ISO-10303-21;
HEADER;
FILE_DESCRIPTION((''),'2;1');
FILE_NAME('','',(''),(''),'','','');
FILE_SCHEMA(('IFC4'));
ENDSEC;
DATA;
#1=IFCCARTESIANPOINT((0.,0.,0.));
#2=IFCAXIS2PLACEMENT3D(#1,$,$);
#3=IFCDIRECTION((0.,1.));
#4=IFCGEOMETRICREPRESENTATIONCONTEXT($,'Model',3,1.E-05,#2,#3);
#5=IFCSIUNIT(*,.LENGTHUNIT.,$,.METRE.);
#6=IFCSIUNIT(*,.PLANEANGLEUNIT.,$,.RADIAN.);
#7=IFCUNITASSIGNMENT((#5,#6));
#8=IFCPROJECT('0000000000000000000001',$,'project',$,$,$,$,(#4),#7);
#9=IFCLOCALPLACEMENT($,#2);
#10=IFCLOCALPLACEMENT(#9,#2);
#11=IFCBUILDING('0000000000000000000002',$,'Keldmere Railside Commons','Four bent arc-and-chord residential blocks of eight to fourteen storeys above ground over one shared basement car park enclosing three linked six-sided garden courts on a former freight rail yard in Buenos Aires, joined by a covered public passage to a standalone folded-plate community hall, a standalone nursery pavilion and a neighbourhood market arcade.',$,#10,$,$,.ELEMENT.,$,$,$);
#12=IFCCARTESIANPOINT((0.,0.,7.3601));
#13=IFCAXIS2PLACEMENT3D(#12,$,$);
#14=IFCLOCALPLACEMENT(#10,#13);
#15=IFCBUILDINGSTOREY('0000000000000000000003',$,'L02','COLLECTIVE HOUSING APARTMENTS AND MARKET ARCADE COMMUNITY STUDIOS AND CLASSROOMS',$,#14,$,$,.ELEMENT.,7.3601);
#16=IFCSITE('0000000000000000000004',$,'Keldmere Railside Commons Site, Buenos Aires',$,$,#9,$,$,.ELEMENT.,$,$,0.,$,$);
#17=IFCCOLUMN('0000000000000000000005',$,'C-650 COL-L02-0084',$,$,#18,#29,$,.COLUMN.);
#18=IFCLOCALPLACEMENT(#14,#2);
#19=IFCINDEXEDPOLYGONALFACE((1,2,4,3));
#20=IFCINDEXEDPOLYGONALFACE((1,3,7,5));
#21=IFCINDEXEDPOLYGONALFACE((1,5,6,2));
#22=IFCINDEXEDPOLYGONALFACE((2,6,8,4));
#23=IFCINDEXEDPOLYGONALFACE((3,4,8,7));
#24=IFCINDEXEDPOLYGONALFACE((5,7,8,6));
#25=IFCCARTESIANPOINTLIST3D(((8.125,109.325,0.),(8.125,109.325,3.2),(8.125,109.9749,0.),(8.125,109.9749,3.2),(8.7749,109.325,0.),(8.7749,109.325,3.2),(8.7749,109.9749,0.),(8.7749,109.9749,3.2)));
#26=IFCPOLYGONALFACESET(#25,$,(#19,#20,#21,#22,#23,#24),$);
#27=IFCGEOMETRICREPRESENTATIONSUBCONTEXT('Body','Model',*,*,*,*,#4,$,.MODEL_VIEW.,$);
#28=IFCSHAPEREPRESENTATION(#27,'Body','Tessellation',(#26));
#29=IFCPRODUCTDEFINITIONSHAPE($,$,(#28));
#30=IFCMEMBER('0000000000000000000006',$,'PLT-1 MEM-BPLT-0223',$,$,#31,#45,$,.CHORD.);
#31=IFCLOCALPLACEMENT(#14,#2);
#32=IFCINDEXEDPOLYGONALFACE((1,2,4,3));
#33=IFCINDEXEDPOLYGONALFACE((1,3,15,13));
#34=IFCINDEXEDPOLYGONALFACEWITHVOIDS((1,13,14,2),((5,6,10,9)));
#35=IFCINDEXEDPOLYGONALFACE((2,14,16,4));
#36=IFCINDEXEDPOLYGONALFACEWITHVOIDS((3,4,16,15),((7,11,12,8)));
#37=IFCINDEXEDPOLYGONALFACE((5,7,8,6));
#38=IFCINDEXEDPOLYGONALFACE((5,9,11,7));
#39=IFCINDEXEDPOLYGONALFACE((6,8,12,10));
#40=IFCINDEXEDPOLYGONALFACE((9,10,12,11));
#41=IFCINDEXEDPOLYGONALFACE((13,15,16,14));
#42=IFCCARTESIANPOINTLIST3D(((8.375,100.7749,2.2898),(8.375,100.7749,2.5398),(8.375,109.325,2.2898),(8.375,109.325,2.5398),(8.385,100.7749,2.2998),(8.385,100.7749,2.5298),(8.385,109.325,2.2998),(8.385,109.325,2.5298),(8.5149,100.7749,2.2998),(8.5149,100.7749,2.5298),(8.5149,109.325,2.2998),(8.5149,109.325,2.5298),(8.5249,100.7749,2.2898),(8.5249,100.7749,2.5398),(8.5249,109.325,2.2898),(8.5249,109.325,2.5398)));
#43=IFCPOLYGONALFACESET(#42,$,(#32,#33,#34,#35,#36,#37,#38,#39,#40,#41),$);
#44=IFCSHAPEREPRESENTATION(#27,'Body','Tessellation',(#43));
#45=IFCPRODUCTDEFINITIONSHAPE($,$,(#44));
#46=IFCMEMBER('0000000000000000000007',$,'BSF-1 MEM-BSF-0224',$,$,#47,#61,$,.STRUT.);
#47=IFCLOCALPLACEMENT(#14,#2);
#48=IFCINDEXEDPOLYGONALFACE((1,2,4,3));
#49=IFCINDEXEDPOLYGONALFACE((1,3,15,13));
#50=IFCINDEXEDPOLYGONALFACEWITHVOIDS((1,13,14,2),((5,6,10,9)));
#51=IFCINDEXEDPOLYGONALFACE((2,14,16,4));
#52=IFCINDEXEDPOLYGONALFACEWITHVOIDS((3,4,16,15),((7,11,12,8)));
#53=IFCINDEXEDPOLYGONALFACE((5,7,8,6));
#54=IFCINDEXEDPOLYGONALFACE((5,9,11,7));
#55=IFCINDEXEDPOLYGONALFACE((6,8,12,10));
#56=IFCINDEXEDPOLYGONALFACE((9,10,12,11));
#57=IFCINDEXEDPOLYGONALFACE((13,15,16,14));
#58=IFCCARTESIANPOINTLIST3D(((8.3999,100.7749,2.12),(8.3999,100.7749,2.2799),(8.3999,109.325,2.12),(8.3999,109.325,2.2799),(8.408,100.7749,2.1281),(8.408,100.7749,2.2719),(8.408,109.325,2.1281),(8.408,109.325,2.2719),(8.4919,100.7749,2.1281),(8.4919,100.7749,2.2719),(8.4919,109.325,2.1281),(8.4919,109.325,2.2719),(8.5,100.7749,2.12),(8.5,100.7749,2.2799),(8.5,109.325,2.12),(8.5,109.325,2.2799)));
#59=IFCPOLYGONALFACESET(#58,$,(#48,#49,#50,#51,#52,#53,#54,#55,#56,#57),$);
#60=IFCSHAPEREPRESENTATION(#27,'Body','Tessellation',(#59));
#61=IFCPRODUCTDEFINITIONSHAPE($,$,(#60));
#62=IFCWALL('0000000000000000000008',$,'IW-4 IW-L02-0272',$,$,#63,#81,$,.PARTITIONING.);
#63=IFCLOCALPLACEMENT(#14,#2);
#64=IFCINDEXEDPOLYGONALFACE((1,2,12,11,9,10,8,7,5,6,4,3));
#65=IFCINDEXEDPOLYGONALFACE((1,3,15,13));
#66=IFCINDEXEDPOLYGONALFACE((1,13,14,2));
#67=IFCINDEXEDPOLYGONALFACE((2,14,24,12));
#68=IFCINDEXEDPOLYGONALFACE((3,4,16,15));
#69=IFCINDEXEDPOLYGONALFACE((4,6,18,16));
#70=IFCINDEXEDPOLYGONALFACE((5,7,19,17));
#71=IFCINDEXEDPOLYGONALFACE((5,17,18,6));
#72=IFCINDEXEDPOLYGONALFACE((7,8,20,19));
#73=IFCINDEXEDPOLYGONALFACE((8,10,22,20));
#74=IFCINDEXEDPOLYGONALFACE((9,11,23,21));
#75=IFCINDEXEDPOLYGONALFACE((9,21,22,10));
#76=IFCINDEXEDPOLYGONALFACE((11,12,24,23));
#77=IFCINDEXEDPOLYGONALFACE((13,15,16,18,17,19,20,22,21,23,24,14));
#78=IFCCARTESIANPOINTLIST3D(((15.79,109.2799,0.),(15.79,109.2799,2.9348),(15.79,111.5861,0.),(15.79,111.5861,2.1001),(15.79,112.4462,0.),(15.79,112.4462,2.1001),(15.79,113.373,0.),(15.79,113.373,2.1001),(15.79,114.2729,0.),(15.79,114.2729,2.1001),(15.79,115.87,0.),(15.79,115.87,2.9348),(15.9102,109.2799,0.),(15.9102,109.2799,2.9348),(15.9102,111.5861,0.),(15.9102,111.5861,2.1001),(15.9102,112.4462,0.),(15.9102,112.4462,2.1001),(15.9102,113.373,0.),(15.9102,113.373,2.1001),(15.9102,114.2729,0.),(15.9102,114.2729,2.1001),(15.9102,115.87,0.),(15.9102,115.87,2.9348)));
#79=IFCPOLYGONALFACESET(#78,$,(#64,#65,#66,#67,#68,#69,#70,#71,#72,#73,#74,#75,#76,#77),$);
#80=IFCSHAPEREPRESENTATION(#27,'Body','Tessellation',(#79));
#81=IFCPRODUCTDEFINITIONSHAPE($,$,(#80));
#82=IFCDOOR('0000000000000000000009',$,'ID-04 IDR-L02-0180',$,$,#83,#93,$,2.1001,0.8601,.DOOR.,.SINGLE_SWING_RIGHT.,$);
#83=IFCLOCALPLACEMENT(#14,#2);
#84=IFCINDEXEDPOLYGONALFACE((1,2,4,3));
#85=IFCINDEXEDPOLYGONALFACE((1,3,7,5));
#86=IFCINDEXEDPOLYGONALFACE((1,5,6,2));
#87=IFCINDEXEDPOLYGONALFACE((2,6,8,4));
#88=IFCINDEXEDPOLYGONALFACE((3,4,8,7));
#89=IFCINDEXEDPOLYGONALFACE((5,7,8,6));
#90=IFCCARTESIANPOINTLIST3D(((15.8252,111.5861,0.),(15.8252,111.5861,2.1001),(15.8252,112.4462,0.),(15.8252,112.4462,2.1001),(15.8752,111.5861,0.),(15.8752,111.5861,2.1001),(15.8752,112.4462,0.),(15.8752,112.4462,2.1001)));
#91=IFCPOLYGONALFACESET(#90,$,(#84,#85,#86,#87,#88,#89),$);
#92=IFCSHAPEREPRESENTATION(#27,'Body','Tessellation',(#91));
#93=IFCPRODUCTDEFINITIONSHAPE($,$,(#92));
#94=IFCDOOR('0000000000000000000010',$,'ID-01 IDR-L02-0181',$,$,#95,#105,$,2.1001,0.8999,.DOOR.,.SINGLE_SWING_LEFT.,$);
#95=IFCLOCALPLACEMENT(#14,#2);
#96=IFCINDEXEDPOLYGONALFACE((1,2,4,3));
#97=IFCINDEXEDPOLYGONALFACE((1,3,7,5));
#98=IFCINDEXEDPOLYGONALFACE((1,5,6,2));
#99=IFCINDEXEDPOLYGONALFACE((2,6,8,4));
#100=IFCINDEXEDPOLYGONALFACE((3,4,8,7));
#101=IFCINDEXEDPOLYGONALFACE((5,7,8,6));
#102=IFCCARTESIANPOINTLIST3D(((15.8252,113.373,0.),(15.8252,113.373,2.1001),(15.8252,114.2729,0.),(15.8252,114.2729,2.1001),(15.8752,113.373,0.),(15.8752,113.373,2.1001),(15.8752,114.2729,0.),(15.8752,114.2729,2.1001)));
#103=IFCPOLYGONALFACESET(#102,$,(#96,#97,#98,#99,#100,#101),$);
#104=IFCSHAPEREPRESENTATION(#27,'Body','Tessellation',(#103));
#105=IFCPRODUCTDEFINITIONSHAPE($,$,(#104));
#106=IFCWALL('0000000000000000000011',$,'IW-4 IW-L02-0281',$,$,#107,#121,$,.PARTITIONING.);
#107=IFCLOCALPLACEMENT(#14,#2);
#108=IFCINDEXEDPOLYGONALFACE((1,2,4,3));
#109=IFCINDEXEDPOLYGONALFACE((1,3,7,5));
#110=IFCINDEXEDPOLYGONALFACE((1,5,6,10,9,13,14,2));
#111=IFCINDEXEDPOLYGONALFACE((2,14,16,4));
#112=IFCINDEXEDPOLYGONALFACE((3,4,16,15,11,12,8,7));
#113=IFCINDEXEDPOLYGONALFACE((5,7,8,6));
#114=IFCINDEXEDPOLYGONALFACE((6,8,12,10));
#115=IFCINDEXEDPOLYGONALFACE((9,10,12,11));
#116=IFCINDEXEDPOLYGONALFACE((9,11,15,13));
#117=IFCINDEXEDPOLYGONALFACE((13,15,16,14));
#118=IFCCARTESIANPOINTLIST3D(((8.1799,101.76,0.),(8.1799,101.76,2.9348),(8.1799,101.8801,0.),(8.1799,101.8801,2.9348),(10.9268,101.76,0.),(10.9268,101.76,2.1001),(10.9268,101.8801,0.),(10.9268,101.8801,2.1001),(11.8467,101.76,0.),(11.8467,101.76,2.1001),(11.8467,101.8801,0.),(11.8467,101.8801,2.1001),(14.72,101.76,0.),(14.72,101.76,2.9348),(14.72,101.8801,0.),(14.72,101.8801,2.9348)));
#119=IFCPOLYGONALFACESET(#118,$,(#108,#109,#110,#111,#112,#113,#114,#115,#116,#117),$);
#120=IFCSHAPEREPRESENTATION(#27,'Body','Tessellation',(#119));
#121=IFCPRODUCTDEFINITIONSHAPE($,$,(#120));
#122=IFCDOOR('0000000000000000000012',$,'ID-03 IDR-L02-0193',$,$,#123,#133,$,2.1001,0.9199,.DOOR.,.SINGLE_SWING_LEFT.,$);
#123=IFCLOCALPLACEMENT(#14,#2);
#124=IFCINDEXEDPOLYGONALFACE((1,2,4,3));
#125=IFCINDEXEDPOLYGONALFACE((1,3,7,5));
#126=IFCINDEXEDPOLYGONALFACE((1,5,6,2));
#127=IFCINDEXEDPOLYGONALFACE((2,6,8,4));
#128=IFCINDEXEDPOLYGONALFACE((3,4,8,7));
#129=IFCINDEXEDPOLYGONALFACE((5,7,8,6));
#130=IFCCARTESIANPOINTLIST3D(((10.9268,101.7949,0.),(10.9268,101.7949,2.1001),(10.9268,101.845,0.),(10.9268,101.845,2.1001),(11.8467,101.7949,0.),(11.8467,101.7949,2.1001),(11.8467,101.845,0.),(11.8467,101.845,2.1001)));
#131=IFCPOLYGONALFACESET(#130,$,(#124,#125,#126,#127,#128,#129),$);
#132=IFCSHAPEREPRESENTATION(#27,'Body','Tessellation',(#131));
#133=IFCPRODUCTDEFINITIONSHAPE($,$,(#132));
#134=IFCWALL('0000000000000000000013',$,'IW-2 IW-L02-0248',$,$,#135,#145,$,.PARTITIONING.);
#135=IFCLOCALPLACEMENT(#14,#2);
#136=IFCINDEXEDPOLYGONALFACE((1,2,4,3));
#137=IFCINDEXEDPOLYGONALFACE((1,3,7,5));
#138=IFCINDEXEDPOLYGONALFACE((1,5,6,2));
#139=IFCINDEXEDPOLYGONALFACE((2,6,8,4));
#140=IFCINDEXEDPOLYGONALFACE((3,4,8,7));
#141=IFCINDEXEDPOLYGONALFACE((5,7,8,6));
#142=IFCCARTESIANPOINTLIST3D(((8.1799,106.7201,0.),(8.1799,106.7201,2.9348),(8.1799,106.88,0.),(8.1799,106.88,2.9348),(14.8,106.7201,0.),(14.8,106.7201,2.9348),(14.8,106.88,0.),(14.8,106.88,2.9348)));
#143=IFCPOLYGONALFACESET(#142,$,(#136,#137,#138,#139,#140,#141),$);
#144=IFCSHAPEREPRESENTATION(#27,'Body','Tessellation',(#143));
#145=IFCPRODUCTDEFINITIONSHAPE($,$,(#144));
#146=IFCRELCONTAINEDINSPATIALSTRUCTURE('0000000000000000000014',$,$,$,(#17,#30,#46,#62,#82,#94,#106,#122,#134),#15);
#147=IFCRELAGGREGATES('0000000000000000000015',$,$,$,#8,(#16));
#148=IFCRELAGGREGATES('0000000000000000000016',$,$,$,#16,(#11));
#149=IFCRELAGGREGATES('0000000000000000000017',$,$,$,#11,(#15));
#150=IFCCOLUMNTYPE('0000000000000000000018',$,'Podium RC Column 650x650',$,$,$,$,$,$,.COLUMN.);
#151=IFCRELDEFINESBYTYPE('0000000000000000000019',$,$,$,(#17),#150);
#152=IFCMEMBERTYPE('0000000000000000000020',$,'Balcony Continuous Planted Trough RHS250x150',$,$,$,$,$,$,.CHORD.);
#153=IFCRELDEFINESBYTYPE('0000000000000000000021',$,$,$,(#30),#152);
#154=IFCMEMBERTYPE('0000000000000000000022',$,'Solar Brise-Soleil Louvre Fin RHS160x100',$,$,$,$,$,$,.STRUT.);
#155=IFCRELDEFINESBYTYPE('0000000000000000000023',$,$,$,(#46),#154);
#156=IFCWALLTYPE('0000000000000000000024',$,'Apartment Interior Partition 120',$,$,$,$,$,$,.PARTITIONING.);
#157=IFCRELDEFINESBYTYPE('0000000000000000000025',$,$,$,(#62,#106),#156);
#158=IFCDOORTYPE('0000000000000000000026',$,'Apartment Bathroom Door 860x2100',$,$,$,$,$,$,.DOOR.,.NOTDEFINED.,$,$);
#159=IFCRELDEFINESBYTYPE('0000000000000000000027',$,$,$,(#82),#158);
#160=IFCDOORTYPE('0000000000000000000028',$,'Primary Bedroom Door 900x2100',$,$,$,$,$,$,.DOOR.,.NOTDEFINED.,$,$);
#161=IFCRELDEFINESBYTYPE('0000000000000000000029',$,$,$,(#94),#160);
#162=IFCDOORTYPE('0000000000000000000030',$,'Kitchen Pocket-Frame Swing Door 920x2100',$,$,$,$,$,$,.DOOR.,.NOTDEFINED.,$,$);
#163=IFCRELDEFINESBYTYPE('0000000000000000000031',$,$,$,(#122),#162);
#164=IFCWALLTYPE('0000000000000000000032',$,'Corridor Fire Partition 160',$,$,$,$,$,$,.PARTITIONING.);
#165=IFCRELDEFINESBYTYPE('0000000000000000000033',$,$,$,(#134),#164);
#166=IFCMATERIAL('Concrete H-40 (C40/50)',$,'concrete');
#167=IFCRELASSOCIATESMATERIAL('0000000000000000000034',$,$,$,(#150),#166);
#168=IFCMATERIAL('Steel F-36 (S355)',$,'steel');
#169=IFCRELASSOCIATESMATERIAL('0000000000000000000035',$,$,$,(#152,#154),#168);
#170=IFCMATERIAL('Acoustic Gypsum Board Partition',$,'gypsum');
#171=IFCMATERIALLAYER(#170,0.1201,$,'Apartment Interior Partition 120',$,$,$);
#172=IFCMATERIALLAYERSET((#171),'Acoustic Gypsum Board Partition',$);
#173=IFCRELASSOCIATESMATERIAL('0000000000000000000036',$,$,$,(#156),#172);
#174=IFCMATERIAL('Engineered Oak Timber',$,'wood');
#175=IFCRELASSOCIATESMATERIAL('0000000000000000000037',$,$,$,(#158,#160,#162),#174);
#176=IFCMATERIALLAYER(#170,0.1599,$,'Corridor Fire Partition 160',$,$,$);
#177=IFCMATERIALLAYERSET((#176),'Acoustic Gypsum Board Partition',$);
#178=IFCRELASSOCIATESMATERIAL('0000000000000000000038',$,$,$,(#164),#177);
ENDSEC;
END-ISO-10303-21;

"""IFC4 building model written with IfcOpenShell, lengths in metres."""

from ifc_helpers import new_model, si_unit, direction, frame, frame_2d, origin, origin_2d, place, context, subcontext, project, spatial, rectangle, hollow_rectangle, extrude, material, layer, layer_set, material_profile, profile_set, type_object, element, fill, save


model = new_model("IFC4")

# Units and contexts
model_context = context("Model", 3, precision=1e-05, world=origin(), true_north=direction((0.0, 1.0)))
body_context = subcontext(model_context, "Body", "Model", "MODEL_VIEW")
ifc_project = project(units=[si_unit("LENGTHUNIT", "METRE"), si_unit("PLANEANGLEUNIT", "RADIAN")], contexts=[model_context])

# Site, building, storey
site_placement = place(None, origin())
site = spatial("IfcSite", under=ifc_project, at=site_placement, Name="Keldmere Railside Commons Site, Buenos Aires", CompositionType="ELEMENT", RefElevation=0.0)
building_placement = place(site_placement, origin())
building = spatial("IfcBuilding", under=site, at=building_placement, Name="Keldmere Railside Commons", Description="Four bent arc-and-chord residential blocks of eight to fourteen storeys above ground over one shared basement car park enclosing three linked six-sided garden courts on a former freight rail yard in Buenos Aires, joined by a covered public passage to a standalone folded-plate community hall, a standalone nursery pavilion and a neighbourhood market arcade.", CompositionType="ELEMENT")
storey_placement = place(building_placement, frame((0.0, 0.0, 7.3601)))
storey = spatial("IfcBuildingStorey", under=building, at=storey_placement, Name="L02", Description="COLLECTIVE HOUSING APARTMENTS AND MARKET ARCADE COMMUNITY STUDIOS AND CLASSROOMS", CompositionType="ELEMENT", Elevation=7.3601)

# Column
ifc_material_1 = material(Name="Concrete H-40 (C40/50)", Category="concrete")
ifc_material_profile_1 = material_profile(ifc_material_1, rectangle(XDim=0.6499, YDim=0.6499, at=origin_2d()), Name="RC-650x650")
ifc_profile_set_1 = profile_set([ifc_material_profile_1], Name="Concrete H-40 (C40/50)")
column_type = type_object("IfcColumnType", Name="Podium RC Column 650x650", PredefinedType="COLUMN", material=ifc_profile_set_1)
column_placement = place(storey_placement, frame((8.45, 109.6499, 0.0), z_axis=(0.0, 0.0, 1.0), x_axis=(1.0, 0.0, 0.0)))
element("IfcColumn", 1, at=column_placement, inside=storey, type_object=column_type, Name="C-650 COL-L02-0084", PredefinedType="COLUMN", context=body_context, shape_type="SweptSolid", body=[
    extrude(rectangle(XDim=0.6499, YDim=0.6499, at=origin_2d()), origin(), (0.0, 0.0, 1.0), 3.2),
])

# Members
ifc_material_2 = material(Name="Steel F-36 (S355)", Category="steel")
ifc_material_profile_2 = material_profile(ifc_material_2, hollow_rectangle(XDim=0.1499, YDim=0.25, WallThickness=0.01, at=origin_2d()), Name="RHS-250x150x10")
ifc_profile_set_2 = profile_set([ifc_material_profile_2], Name="Steel F-36 (S355)")
member_type_1 = type_object("IfcMemberType", Name="Balcony Continuous Planted Trough RHS250x150", PredefinedType="CHORD", material=ifc_profile_set_2)
member_1_placement = place(storey_placement, frame((8.45, 100.7749, 2.4148), z_axis=(0.0, 1.0, 0.0), x_axis=(-1.0, 0.0, 0.0)))
element("IfcMember", 2, at=member_1_placement, inside=storey, type_object=member_type_1, Name="PLT-1 MEM-BPLT-0223", PredefinedType="CHORD", context=body_context, shape_type="SweptSolid", body=[
    extrude(hollow_rectangle(XDim=0.1499, YDim=0.25, WallThickness=0.01, at=origin_2d()), origin(), (0.0, 0.0, 1.0), 8.55),
])
ifc_material_profile_3 = material_profile(ifc_material_2, hollow_rectangle(XDim=0.1001, YDim=0.1599, WallThickness=0.0081, at=origin_2d()), Name="RHS-160x100x8")
ifc_profile_set_3 = profile_set([ifc_material_profile_3], Name="Steel F-36 (S355)")
member_type_2 = type_object("IfcMemberType", Name="Solar Brise-Soleil Louvre Fin RHS160x100", PredefinedType="STRUT", material=ifc_profile_set_3)
member_2_placement = place(storey_placement, frame((8.45, 100.7749, 2.2), z_axis=(0.0, 1.0, 0.0), x_axis=(-1.0, 0.0, 0.0)))
element("IfcMember", 3, at=member_2_placement, inside=storey, type_object=member_type_2, Name="BSF-1 MEM-BSF-0224", PredefinedType="STRUT", context=body_context, shape_type="SweptSolid", body=[
    extrude(hollow_rectangle(XDim=0.1001, YDim=0.1599, WallThickness=0.0081, at=origin_2d()), origin(), (0.0, 0.0, 1.0), 8.55),
])

# Wall, openings, doors
ifc_material_3 = material(Name="Acoustic Gypsum Board Partition", Category="gypsum")
ifc_layer_1 = layer(ifc_material_3, 0.1201, Name="Apartment Interior Partition 120")
ifc_layer_set_1 = layer_set([ifc_layer_1], Name="Acoustic Gypsum Board Partition")
wall_type_1 = type_object("IfcWallType", Name="Apartment Interior Partition 120", PredefinedType="PARTITIONING", material=ifc_layer_set_1)
wall_1_placement = place(storey_placement, frame((15.8501, 109.28, 0.0), z_axis=(0.0, 0.0, 1.0), x_axis=(0.0, 1.0, 0.0)))
wall_1 = element("IfcWall", 4, at=wall_1_placement, inside=storey, type_object=wall_type_1, Name="IW-4 IW-L02-0272", PredefinedType="PARTITIONING", context=body_context, shape_type="SweptSolid", body=[
    extrude(rectangle(XDim=6.5901, YDim=0.1201, at=frame_2d((3.2949, 0.0))), origin(), (0.0, 0.0, 1.0), 2.9348),
])
opening_1_placement = place(wall_1_placement, frame((2.3059, 0.0, 0.0)))
opening_1 = element("IfcOpeningElement", 5, at=opening_1_placement, cuts=wall_1, PredefinedType="OPENING", context=body_context, shape_type="SweptSolid", body=[
    extrude(rectangle(XDim=0.8601, YDim=2.1001, at=frame_2d((0.4302, 1.05))), frame((0.0, 0.0701, 0.0), z_axis=(0.0, -1.0, 0.0), x_axis=(1.0, 0.0, 0.0)), (0.0, 0.0, 1.0), 0.1401),
])
opening_2_placement = place(wall_1_placement, frame((4.093, 0.0, 0.0)))
opening_2 = element("IfcOpeningElement", 6, at=opening_2_placement, cuts=wall_1, PredefinedType="OPENING", context=body_context, shape_type="SweptSolid", body=[
    extrude(rectangle(XDim=0.8999, YDim=2.1001, at=frame_2d((0.45, 1.05))), frame((0.0, 0.0701, 0.0), z_axis=(0.0, -1.0, 0.0), x_axis=(1.0, 0.0, 0.0)), (0.0, 0.0, 1.0), 0.1401),
])
ifc_material_4 = material(Name="Engineered Oak Timber", Category="wood")
door_type_1 = type_object("IfcDoorType", Name="Apartment Bathroom Door 860x2100", OperationType="NOTDEFINED", PredefinedType="DOOR", material=ifc_material_4)
door_1_placement = place(opening_1_placement, origin())
door_1 = element("IfcDoor", 7, at=door_1_placement, inside=storey, type_object=door_type_1, Name="ID-04 IDR-L02-0180", OperationType="SINGLE_SWING_RIGHT", OverallHeight=2.1001, OverallWidth=0.8601, PredefinedType="DOOR", context=body_context, shape_type="SweptSolid", body=[
    extrude(rectangle(XDim=0.8601, YDim=2.1001, at=frame_2d((0.4302, 1.05))), frame((0.0, 0.0249, 0.0), z_axis=(0.0, -1.0, 0.0), x_axis=(1.0, 0.0, 0.0)), (0.0, 0.0, 1.0), 0.05),
])
fill(opening_1, door_1)
door_type_2 = type_object("IfcDoorType", Name="Primary Bedroom Door 900x2100", OperationType="NOTDEFINED", PredefinedType="DOOR", material=ifc_material_4)
door_2_placement = place(opening_2_placement, origin())
door_2 = element("IfcDoor", 8, at=door_2_placement, inside=storey, type_object=door_type_2, Name="ID-01 IDR-L02-0181", OperationType="SINGLE_SWING_LEFT", OverallHeight=2.1001, OverallWidth=0.8999, PredefinedType="DOOR", context=body_context, shape_type="SweptSolid", body=[
    extrude(rectangle(XDim=0.8999, YDim=2.1001, at=frame_2d((0.45, 1.05))), frame((0.0, 0.0249, 0.0), z_axis=(0.0, -1.0, 0.0), x_axis=(1.0, 0.0, 0.0)), (0.0, 0.0, 1.0), 0.05),
])
fill(opening_2, door_2)

# Wall, opening, door
wall_2_placement = place(storey_placement, frame((8.1799, 101.8201, 0.0), z_axis=(0.0, 0.0, 1.0), x_axis=(1.0, 0.0, 0.0)))
wall_2 = element("IfcWall", 9, at=wall_2_placement, inside=storey, type_object=wall_type_1, Name="IW-4 IW-L02-0281", PredefinedType="PARTITIONING", context=body_context, shape_type="SweptSolid", body=[
    extrude(rectangle(XDim=6.54, YDim=0.1201, at=frame_2d((3.27, 0.0))), origin(), (0.0, 0.0, 1.0), 2.9348),
])
opening_3_placement = place(wall_2_placement, frame((2.7468, 0.0, 0.0)))
opening_3 = element("IfcOpeningElement", 10, at=opening_3_placement, cuts=wall_2, PredefinedType="OPENING", context=body_context, shape_type="SweptSolid", body=[
    extrude(rectangle(XDim=0.9199, YDim=2.1001, at=frame_2d((0.46, 1.05))), frame((0.0, 0.0701, 0.0), z_axis=(0.0, -1.0, 0.0), x_axis=(1.0, 0.0, 0.0)), (0.0, 0.0, 1.0), 0.1401),
])
door_type_3 = type_object("IfcDoorType", Name="Kitchen Pocket-Frame Swing Door 920x2100", OperationType="NOTDEFINED", PredefinedType="DOOR", material=ifc_material_4)
door_3_placement = place(opening_3_placement, origin())
door_3 = element("IfcDoor", 11, at=door_3_placement, inside=storey, type_object=door_type_3, Name="ID-03 IDR-L02-0193", OperationType="SINGLE_SWING_LEFT", OverallHeight=2.1001, OverallWidth=0.9199, PredefinedType="DOOR", context=body_context, shape_type="SweptSolid", body=[
    extrude(rectangle(XDim=0.9199, YDim=2.1001, at=frame_2d((0.46, 1.05))), frame((0.0, 0.0249, 0.0), z_axis=(0.0, -1.0, 0.0), x_axis=(1.0, 0.0, 0.0)), (0.0, 0.0, 1.0), 0.05),
])
fill(opening_3, door_3)

# Wall
ifc_layer_2 = layer(ifc_material_3, 0.1599, Name="Corridor Fire Partition 160")
ifc_layer_set_2 = layer_set([ifc_layer_2], Name="Acoustic Gypsum Board Partition")
wall_type_2 = type_object("IfcWallType", Name="Corridor Fire Partition 160", PredefinedType="PARTITIONING", material=ifc_layer_set_2)
wall_3_placement = place(storey_placement, frame((8.1799, 106.8, 0.0), z_axis=(0.0, 0.0, 1.0), x_axis=(1.0, 0.0, 0.0)))
element("IfcWall", 12, at=wall_3_placement, inside=storey, type_object=wall_type_2, Name="IW-2 IW-L02-0248", PredefinedType="PARTITIONING", context=body_context, shape_type="SweptSolid", body=[
    extrude(rectangle(XDim=6.6201, YDim=0.1599, at=frame_2d((3.3101, 0.0))), origin(), (0.0, 0.0, 1.0), 2.9348),
])

save(model, "model.ifc")
